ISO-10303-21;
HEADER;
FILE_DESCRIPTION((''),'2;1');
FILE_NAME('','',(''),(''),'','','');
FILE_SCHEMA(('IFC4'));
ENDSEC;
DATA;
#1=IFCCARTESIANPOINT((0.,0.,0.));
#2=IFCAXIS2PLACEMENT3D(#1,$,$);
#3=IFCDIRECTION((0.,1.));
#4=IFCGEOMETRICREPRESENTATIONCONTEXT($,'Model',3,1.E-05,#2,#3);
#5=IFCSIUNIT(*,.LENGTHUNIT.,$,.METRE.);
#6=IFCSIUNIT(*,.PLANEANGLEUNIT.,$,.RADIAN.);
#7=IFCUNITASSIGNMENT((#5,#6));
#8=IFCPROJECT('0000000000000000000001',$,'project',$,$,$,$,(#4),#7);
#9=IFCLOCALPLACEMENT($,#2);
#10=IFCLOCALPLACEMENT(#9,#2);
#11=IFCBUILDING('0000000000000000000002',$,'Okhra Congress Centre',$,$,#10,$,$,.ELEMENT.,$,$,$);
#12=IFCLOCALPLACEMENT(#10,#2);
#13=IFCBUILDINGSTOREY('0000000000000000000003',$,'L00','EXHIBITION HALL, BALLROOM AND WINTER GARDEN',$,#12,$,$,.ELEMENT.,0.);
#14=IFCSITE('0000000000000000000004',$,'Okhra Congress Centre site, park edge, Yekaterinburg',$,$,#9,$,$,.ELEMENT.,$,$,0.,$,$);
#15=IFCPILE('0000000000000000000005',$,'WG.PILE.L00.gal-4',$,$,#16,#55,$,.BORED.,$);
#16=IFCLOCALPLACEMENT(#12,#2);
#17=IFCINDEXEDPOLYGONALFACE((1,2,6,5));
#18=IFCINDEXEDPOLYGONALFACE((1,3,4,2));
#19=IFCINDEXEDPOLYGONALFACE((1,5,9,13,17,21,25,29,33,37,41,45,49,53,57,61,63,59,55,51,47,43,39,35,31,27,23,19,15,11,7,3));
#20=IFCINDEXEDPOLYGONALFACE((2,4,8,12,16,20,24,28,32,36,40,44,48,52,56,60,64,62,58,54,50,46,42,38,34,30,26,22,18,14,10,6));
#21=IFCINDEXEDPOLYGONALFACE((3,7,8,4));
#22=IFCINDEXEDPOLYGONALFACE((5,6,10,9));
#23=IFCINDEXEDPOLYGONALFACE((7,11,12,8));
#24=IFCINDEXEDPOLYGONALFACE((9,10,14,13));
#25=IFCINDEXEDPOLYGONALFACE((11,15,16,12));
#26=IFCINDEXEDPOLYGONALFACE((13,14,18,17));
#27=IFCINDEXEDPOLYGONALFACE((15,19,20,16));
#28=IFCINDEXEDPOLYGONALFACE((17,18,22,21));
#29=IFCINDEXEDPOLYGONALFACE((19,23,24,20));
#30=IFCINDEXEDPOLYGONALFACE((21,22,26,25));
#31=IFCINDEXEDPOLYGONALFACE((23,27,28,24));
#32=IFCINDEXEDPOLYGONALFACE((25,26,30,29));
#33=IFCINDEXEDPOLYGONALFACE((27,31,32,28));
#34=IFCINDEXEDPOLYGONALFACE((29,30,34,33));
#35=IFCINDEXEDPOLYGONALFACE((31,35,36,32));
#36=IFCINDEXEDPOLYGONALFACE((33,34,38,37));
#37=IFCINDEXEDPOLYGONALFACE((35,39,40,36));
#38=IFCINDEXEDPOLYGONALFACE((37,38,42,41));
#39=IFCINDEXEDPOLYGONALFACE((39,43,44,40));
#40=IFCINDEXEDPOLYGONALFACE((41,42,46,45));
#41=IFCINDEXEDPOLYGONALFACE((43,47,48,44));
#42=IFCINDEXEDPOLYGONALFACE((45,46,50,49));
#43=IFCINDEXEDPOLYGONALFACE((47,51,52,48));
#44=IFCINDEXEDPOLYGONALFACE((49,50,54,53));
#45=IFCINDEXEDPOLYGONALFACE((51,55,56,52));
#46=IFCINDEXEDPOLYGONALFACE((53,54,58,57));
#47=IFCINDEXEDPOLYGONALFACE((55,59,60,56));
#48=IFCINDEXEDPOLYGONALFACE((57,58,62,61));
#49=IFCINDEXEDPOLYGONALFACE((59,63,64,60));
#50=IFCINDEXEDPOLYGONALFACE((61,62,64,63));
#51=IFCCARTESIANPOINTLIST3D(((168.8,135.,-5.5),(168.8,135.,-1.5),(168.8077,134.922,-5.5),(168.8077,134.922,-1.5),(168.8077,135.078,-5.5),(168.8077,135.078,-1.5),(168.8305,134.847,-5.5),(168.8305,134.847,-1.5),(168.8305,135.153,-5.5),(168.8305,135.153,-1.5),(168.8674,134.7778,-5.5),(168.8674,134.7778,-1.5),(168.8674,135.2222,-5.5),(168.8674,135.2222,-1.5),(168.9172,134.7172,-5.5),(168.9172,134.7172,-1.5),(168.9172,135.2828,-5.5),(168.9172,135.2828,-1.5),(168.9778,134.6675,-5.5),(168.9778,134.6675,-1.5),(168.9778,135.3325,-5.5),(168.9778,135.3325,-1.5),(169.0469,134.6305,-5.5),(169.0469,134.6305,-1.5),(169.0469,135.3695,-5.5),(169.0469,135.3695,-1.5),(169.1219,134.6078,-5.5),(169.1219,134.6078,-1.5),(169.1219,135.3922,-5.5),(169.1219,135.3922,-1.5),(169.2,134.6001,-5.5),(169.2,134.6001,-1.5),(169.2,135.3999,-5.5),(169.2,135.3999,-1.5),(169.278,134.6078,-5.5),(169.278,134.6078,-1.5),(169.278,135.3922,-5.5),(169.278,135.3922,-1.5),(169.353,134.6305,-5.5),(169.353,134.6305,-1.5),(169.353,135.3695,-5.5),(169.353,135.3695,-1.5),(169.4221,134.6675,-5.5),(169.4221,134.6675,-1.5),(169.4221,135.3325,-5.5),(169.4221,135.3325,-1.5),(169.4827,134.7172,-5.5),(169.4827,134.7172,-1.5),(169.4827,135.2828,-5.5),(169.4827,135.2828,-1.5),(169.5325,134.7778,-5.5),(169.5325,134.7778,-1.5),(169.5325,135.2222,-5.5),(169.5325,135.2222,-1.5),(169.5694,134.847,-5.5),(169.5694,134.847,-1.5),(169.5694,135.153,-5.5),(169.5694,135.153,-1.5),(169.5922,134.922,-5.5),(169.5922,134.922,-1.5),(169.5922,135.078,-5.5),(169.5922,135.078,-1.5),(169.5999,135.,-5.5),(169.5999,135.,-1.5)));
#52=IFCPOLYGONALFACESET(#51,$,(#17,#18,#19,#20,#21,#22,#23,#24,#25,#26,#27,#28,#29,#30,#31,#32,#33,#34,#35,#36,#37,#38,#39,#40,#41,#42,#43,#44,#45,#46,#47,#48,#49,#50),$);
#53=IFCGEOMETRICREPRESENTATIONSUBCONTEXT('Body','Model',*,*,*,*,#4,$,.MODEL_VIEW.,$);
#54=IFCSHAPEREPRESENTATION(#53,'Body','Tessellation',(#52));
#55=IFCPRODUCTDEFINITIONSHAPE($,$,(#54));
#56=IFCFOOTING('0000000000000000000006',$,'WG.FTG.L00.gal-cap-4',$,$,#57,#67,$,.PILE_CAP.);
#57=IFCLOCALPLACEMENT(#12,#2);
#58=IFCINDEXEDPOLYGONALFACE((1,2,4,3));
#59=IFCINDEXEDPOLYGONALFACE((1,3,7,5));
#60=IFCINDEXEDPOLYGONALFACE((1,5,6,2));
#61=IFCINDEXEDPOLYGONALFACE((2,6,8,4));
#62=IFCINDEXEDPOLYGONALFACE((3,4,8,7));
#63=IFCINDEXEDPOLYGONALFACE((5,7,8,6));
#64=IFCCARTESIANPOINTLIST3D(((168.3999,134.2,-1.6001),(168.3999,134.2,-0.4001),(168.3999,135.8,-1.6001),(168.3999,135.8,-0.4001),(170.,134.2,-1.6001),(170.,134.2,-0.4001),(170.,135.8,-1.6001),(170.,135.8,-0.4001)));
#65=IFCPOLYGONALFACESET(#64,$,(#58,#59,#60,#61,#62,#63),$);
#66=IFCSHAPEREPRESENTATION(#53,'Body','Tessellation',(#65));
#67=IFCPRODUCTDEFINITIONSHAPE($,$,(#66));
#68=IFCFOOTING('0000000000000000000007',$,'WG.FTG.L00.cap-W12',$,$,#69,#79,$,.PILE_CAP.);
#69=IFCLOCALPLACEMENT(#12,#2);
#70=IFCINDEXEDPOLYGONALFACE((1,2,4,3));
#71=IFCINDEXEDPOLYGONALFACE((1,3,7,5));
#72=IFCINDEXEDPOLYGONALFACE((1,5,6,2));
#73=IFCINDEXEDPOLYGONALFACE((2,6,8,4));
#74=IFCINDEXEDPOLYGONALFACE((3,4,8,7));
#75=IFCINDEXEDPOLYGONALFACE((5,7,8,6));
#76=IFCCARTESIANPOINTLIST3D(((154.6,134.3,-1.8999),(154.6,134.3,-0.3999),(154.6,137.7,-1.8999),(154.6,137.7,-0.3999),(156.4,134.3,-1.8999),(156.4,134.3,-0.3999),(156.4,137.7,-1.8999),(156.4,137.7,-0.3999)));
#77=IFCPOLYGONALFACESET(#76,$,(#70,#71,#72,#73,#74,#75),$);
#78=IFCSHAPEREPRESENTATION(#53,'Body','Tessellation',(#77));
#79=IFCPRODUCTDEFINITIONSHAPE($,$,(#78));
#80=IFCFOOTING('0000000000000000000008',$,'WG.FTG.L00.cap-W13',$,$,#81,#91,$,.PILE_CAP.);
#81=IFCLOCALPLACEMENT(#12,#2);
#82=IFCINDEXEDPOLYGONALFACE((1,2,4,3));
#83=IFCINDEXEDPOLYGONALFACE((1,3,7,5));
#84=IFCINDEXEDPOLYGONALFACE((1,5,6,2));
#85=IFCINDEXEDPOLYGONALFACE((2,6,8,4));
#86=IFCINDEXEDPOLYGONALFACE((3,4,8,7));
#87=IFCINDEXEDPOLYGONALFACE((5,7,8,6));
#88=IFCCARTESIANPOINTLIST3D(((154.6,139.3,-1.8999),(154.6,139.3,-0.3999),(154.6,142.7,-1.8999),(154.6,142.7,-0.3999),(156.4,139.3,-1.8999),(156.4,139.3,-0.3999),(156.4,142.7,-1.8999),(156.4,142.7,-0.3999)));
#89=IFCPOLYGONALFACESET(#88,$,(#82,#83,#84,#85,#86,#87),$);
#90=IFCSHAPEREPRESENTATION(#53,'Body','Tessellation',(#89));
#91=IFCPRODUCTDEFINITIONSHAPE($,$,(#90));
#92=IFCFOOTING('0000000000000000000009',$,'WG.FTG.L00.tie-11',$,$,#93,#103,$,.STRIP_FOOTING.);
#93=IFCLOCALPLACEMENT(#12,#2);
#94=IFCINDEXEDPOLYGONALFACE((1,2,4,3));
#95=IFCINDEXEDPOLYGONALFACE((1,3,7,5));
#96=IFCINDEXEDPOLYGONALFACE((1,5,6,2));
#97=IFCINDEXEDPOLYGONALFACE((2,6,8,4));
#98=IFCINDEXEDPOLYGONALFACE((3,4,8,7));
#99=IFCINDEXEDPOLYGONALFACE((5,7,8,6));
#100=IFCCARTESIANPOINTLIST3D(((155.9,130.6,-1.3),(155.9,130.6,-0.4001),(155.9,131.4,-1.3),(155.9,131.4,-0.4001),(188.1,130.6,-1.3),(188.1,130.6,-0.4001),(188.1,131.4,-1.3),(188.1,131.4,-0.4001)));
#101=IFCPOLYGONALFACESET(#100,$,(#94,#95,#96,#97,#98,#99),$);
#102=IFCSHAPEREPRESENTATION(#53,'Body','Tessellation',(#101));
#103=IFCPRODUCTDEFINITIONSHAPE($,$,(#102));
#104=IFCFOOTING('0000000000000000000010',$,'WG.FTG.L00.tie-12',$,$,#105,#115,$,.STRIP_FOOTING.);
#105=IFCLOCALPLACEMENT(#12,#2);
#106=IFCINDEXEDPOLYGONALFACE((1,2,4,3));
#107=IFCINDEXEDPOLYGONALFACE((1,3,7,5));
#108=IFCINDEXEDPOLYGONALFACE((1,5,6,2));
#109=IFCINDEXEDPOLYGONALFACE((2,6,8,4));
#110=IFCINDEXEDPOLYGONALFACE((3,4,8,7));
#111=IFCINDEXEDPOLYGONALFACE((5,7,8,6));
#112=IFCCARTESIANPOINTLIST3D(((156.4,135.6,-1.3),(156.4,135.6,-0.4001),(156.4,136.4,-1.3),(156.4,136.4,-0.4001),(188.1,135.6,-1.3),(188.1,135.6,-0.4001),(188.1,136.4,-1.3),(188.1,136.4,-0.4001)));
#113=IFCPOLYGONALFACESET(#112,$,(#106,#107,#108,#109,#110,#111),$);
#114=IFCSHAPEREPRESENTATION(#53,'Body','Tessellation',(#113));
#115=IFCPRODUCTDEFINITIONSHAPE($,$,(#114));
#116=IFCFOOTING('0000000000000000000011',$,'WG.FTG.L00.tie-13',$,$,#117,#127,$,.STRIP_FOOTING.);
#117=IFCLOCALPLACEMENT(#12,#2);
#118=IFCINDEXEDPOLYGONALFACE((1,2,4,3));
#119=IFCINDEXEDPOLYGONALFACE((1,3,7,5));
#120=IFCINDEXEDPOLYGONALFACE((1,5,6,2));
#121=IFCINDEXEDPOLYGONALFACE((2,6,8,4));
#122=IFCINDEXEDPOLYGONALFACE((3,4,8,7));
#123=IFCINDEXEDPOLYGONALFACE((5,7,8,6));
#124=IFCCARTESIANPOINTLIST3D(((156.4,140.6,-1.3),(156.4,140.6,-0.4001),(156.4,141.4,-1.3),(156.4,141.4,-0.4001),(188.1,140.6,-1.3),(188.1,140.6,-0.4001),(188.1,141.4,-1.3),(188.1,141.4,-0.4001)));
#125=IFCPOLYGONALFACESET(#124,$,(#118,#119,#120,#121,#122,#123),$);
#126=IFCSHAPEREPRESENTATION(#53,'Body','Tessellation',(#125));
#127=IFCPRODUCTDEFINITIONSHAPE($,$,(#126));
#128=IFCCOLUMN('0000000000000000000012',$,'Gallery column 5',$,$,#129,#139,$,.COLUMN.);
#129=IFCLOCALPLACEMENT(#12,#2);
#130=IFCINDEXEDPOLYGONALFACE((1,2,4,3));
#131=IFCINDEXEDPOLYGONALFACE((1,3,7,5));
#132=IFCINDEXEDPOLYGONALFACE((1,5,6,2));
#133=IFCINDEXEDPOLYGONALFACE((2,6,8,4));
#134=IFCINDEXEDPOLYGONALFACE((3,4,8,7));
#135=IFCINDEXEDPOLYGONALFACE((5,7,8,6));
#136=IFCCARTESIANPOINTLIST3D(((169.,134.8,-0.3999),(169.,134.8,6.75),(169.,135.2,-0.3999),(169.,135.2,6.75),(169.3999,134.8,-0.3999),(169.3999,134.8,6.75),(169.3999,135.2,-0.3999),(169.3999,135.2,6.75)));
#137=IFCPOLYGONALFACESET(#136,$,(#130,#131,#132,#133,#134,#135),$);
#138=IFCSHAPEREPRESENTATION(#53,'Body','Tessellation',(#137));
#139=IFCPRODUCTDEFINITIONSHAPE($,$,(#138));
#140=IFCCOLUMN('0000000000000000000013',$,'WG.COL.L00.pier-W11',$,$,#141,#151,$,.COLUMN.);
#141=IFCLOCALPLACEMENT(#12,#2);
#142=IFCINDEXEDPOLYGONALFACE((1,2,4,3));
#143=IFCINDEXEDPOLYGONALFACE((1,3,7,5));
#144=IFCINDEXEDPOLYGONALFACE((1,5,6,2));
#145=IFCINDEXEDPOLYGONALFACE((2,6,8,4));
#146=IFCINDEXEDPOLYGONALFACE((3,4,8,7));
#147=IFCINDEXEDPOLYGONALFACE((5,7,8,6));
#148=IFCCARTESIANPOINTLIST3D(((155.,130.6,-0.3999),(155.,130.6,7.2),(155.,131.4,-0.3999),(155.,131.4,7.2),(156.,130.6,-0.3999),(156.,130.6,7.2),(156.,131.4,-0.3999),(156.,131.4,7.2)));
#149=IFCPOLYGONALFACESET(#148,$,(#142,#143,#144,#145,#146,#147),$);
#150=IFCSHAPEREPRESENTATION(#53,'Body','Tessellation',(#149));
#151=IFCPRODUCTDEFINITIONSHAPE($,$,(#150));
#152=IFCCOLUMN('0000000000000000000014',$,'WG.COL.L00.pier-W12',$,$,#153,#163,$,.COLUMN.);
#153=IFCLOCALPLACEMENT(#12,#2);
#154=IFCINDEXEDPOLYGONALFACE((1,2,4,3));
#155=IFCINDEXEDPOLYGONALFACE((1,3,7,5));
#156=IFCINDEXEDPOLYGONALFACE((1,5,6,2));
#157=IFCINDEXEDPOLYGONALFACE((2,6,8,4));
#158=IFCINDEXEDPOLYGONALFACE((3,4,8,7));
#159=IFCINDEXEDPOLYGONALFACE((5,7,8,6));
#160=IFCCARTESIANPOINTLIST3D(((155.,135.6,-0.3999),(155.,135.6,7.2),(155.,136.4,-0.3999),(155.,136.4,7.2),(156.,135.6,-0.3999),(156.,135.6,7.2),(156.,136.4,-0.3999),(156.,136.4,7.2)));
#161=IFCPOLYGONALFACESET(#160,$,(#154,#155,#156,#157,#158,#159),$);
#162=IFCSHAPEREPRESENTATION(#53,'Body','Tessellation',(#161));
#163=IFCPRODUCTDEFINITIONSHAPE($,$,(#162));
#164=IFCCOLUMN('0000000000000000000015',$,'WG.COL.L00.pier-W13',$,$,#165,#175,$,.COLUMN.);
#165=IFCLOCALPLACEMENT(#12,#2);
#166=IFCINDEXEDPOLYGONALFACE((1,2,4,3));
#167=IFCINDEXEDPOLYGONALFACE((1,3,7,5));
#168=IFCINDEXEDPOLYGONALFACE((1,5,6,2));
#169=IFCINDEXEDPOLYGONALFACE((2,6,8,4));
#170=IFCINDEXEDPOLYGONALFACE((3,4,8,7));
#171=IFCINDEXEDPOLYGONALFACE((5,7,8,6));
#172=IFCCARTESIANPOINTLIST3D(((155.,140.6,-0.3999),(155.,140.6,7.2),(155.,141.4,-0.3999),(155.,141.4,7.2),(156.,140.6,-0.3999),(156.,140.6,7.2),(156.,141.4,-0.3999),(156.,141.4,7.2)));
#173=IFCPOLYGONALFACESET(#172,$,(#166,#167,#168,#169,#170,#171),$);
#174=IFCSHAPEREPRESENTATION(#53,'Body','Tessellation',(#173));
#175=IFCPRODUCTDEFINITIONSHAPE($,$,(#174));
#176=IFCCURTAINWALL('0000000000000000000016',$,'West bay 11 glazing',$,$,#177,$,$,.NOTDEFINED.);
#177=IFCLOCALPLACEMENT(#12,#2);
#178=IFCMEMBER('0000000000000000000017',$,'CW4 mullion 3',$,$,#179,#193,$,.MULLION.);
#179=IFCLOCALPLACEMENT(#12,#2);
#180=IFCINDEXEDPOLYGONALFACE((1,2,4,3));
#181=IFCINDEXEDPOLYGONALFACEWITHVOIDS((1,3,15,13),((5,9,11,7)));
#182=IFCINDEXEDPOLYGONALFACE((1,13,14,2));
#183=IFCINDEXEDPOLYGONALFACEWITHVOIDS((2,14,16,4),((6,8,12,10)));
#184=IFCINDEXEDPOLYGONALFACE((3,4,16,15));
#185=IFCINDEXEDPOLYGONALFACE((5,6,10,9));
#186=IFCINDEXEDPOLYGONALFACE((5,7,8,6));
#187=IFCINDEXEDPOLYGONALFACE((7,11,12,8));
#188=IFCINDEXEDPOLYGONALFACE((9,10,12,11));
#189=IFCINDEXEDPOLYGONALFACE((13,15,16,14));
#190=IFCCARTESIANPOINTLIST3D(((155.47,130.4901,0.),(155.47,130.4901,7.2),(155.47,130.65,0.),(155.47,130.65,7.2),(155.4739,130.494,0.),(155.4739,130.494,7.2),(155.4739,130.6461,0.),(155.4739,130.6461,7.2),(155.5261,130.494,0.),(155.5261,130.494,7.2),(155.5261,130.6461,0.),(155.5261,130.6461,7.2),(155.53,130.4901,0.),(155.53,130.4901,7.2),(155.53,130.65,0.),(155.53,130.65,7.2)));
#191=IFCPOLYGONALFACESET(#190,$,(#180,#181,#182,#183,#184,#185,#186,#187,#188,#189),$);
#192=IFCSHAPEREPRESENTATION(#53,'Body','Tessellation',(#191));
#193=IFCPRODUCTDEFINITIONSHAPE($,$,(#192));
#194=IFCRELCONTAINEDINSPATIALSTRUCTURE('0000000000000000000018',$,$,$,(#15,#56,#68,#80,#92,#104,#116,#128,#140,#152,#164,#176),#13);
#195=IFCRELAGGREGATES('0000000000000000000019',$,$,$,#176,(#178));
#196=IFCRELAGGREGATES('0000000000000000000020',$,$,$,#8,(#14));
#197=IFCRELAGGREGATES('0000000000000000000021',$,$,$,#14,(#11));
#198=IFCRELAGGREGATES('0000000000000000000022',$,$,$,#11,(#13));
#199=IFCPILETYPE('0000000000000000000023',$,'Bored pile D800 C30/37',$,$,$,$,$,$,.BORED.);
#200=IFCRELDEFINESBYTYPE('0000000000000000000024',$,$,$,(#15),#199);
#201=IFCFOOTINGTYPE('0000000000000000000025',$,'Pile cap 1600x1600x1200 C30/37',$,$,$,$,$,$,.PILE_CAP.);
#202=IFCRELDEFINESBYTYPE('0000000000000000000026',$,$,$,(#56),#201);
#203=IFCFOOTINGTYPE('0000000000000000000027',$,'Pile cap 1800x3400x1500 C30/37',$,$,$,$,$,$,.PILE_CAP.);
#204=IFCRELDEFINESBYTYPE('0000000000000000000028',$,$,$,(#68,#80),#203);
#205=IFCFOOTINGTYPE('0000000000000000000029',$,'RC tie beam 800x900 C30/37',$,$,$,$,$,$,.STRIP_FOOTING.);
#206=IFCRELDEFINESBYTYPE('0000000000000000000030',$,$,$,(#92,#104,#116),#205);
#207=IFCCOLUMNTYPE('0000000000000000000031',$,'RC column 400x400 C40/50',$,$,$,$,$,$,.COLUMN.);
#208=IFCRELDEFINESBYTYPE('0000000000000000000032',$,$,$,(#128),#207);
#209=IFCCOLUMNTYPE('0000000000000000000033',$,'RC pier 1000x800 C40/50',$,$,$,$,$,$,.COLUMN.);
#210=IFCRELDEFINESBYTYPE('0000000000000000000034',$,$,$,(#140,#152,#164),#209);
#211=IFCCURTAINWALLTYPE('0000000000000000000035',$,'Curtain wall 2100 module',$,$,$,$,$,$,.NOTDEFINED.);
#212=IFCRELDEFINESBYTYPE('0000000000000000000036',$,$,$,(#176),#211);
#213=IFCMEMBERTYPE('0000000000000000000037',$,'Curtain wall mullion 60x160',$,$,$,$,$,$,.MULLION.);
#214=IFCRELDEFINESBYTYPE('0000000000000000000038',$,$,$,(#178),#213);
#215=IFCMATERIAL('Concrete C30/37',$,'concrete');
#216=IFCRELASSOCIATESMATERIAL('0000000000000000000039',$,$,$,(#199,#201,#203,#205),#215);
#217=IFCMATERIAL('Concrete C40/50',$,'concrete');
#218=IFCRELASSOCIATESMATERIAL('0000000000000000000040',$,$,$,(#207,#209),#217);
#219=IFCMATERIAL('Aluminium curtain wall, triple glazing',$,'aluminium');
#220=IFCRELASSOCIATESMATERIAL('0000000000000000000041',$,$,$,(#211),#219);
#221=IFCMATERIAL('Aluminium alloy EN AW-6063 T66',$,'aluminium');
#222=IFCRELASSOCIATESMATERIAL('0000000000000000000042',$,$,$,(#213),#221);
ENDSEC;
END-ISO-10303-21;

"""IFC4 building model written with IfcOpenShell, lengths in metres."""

from ifc_helpers import new_model, si_unit, direction, frame, origin, origin_2d, place, context, subcontext, project, spatial, rectangle, hollow_rectangle, circle, extrude, material, material_profile, profile_set, type_object, element, aggregate, save


model = new_model("IFC4")

# Units and contexts
model_context = context("Model", 3, precision=1e-05, world=origin(), true_north=direction((0.0, 1.0)))
body_context = subcontext(model_context, "Body", "Model", "MODEL_VIEW")
ifc_project = project(units=[si_unit("LENGTHUNIT", "METRE"), si_unit("PLANEANGLEUNIT", "RADIAN")], contexts=[model_context])

# Site, building, storey
site_placement = place(None, origin())
site = spatial("IfcSite", under=ifc_project, at=site_placement, Name="Okhra Congress Centre site, park edge, Yekaterinburg", CompositionType="ELEMENT", RefElevation=0.0)
building_placement = place(site_placement, origin())
building = spatial("IfcBuilding", under=site, at=building_placement, Name="Okhra Congress Centre", CompositionType="ELEMENT")
storey_placement = place(building_placement, origin())
storey = spatial("IfcBuildingStorey", under=building, at=storey_placement, Name="L00", Description="EXHIBITION HALL, BALLROOM AND WINTER GARDEN", CompositionType="ELEMENT", Elevation=0.0)

# Pile
ifc_material_1 = material(Name="Concrete C30/37", Category="concrete")
ifc_material_profile_1 = material_profile(ifc_material_1, circle(Radius=0.3999, at=origin_2d()), Name="D800")
ifc_profile_set_1 = profile_set([ifc_material_profile_1], Name="Concrete C30/37")
pile_type = type_object("IfcPileType", Name="Bored pile D800 C30/37", PredefinedType="BORED", material=ifc_profile_set_1)
pile_placement = place(storey_placement, frame((169.2, 135.0, -1.5), z_axis=(0.0, 0.0, -1.0), x_axis=(1.0, 0.0, 0.0)))
element("IfcPile", 1, at=pile_placement, inside=storey, type_object=pile_type, Name="WG.PILE.L00.gal-4", PredefinedType="BORED", context=body_context, shape_type="SweptSolid", body=[
    extrude(circle(Radius=0.3999, at=origin_2d()), origin(), (0.0, 0.0, 1.0), 4.0),
])

# Footings
footing_type_1 = type_object("IfcFootingType", Name="Pile cap 1600x1600x1200 C30/37", PredefinedType="PILE_CAP", material=ifc_material_1)
footing_1_placement = place(storey_placement, frame((169.2, 135.0, -1.6001), z_axis=(0.0, 0.0, 1.0), x_axis=(1.0, 0.0, 0.0)))
element("IfcFooting", 2, at=footing_1_placement, inside=storey, type_object=footing_type_1, Name="WG.FTG.L00.gal-cap-4", PredefinedType="PILE_CAP", context=body_context, shape_type="SweptSolid", body=[
    extrude(rectangle(XDim=1.6001, YDim=1.6001, at=origin_2d()), origin(), (0.0, 0.0, 1.0), 1.2),
])
footing_type_2 = type_object("IfcFootingType", Name="Pile cap 1800x3400x1500 C30/37", PredefinedType="PILE_CAP", material=ifc_material_1)
for number, where, z_axis, x_axis, name in (
    (3, (155.5, 136.0, -1.8999), (0.0, 0.0, 1.0), (1.0, 0.0, 0.0), "WG.FTG.L00.cap-W12"),
    (4, (155.5, 141.0, -1.8999), (0.0, 0.0, 1.0), (1.0, 0.0, 0.0), "WG.FTG.L00.cap-W13"),
):
    element("IfcFooting", number, at=place(storey_placement, frame(where, z_axis=z_axis, x_axis=x_axis)), inside=storey, type_object=footing_type_2, Name=name, PredefinedType="PILE_CAP", context=body_context, shape_type="SweptSolid", body=[
        extrude(rectangle(XDim=1.8, YDim=3.3999, at=origin_2d()), origin(), (0.0, 0.0, 1.0), 1.5),
    ])
footing_type_3 = type_object("IfcFootingType", Name="RC tie beam 800x900 C30/37", PredefinedType="STRIP_FOOTING", material=ifc_material_1)
footing_2_placement = place(storey_placement, frame((172.0, 131.0, -1.3), z_axis=(0.0, 0.0, 1.0), x_axis=(1.0, 0.0, 0.0)))
element("IfcFooting", 5, at=footing_2_placement, inside=storey, type_object=footing_type_3, Name="WG.FTG.L00.tie-11", PredefinedType="STRIP_FOOTING", context=body_context, shape_type="SweptSolid", body=[
    extrude(rectangle(XDim=32.2, YDim=0.8, at=origin_2d()), origin(), (0.0, 0.0, 1.0), 0.8999),
])
for number, where, z_axis, x_axis, name in (
    (6, (172.25, 136.0, -1.3), (0.0, 0.0, 1.0), (1.0, 0.0, 0.0), "WG.FTG.L00.tie-12"),
    (7, (172.25, 141.0, -1.3), (0.0, 0.0, 1.0), (1.0, 0.0, 0.0), "WG.FTG.L00.tie-13"),
):
    element("IfcFooting", number, at=place(storey_placement, frame(where, z_axis=z_axis, x_axis=x_axis)), inside=storey, type_object=footing_type_3, Name=name, PredefinedType="STRIP_FOOTING", context=body_context, shape_type="SweptSolid", body=[
        extrude(rectangle(XDim=31.7, YDim=0.8, at=origin_2d()), origin(), (0.0, 0.0, 1.0), 0.8999),
    ])

# Columns
ifc_material_2 = material(Name="Concrete C40/50", Category="concrete")
ifc_material_profile_2 = material_profile(ifc_material_2, rectangle(XDim=0.3999, YDim=0.3999, at=origin_2d()), Name="RC 400x400")
ifc_profile_set_2 = profile_set([ifc_material_profile_2], Name="Concrete C40/50")
column_type_1 = type_object("IfcColumnType", Name="RC column 400x400 C40/50", PredefinedType="COLUMN", material=ifc_profile_set_2)
column_placement = place(storey_placement, frame((169.2, 135.0, -0.3999), z_axis=(0.0, 0.0, 1.0), x_axis=(1.0, 0.0, 0.0)))
element("IfcColumn", 8, at=column_placement, inside=storey, type_object=column_type_1, Name="Gallery column 5", PredefinedType="COLUMN", context=body_context, shape_type="SweptSolid", body=[
    extrude(rectangle(XDim=0.3999, YDim=0.3999, at=origin_2d()), origin(), (0.0, 0.0, 1.0), 7.1499),
])
ifc_material_profile_3 = material_profile(ifc_material_2, rectangle(XDim=1.0, YDim=0.8, at=origin_2d()), Name="RC 1000x800")
ifc_profile_set_3 = profile_set([ifc_material_profile_3], Name="Concrete C40/50")
column_type_2 = type_object("IfcColumnType", Name="RC pier 1000x800 C40/50", PredefinedType="COLUMN", material=ifc_profile_set_3)
for number, where, z_axis, x_axis, name in (
    (9, (155.5, 131.0, -0.3999), (0.0, 0.0, 1.0), (1.0, 0.0, 0.0), "WG.COL.L00.pier-W11"),
    (10, (155.5, 136.0, -0.3999), (0.0, 0.0, 1.0), (1.0, 0.0, 0.0), "WG.COL.L00.pier-W12"),
    (11, (155.5, 141.0, -0.3999), (0.0, 0.0, 1.0), (1.0, 0.0, 0.0), "WG.COL.L00.pier-W13"),
):
    element("IfcColumn", number, at=place(storey_placement, frame(where, z_axis=z_axis, x_axis=x_axis)), inside=storey, type_object=column_type_2, Name=name, PredefinedType="COLUMN", context=body_context, shape_type="SweptSolid", body=[
        extrude(rectangle(XDim=1.0, YDim=0.8, at=origin_2d()), origin(), (0.0, 0.0, 1.0), 7.5999),
    ])

# Curtain wall, member
ifc_material_3 = material(Name="Aluminium curtain wall, triple glazing", Category="aluminium")
curtain_wall_type = type_object("IfcCurtainWallType", Name="Curtain wall 2100 module", PredefinedType="NOTDEFINED", material=ifc_material_3)
curtain_wall_placement = place(storey_placement, origin())
curtain_wall = element("IfcCurtainWall", 12, at=curtain_wall_placement, inside=storey, type_object=curtain_wall_type, Name="West bay 11 glazing", PredefinedType="NOTDEFINED")
ifc_material_4 = material(Name="Aluminium alloy EN AW-6063 T66", Category="aluminium")
ifc_material_profile_4 = material_profile(ifc_material_4, hollow_rectangle(XDim=0.0601, YDim=0.1599, WallThickness=0.0039, at=origin_2d()), Name="RHS 60x160x4")
ifc_profile_set_4 = profile_set([ifc_material_profile_4], Name="Aluminium alloy EN AW-6063 T66")
member_type = type_object("IfcMemberType", Name="Curtain wall mullion 60x160", PredefinedType="MULLION", material=ifc_profile_set_4)
member_placement = place(storey_placement, frame((155.5, 130.5701, 0.0), z_axis=(0.0, 0.0, 1.0), x_axis=(-1.0, 0.0, 0.0)))
member = element("IfcMember", 13, at=member_placement, type_object=member_type, Name="CW4 mullion 3", PredefinedType="MULLION", context=body_context, shape_type="SweptSolid", body=[
    extrude(hollow_rectangle(XDim=0.0601, YDim=0.1599, WallThickness=0.0039, at=origin_2d()), origin(), (0.0, 0.0, 1.0), 7.2),
])
aggregate(curtain_wall, [member])

save(model, "model.ifc")
